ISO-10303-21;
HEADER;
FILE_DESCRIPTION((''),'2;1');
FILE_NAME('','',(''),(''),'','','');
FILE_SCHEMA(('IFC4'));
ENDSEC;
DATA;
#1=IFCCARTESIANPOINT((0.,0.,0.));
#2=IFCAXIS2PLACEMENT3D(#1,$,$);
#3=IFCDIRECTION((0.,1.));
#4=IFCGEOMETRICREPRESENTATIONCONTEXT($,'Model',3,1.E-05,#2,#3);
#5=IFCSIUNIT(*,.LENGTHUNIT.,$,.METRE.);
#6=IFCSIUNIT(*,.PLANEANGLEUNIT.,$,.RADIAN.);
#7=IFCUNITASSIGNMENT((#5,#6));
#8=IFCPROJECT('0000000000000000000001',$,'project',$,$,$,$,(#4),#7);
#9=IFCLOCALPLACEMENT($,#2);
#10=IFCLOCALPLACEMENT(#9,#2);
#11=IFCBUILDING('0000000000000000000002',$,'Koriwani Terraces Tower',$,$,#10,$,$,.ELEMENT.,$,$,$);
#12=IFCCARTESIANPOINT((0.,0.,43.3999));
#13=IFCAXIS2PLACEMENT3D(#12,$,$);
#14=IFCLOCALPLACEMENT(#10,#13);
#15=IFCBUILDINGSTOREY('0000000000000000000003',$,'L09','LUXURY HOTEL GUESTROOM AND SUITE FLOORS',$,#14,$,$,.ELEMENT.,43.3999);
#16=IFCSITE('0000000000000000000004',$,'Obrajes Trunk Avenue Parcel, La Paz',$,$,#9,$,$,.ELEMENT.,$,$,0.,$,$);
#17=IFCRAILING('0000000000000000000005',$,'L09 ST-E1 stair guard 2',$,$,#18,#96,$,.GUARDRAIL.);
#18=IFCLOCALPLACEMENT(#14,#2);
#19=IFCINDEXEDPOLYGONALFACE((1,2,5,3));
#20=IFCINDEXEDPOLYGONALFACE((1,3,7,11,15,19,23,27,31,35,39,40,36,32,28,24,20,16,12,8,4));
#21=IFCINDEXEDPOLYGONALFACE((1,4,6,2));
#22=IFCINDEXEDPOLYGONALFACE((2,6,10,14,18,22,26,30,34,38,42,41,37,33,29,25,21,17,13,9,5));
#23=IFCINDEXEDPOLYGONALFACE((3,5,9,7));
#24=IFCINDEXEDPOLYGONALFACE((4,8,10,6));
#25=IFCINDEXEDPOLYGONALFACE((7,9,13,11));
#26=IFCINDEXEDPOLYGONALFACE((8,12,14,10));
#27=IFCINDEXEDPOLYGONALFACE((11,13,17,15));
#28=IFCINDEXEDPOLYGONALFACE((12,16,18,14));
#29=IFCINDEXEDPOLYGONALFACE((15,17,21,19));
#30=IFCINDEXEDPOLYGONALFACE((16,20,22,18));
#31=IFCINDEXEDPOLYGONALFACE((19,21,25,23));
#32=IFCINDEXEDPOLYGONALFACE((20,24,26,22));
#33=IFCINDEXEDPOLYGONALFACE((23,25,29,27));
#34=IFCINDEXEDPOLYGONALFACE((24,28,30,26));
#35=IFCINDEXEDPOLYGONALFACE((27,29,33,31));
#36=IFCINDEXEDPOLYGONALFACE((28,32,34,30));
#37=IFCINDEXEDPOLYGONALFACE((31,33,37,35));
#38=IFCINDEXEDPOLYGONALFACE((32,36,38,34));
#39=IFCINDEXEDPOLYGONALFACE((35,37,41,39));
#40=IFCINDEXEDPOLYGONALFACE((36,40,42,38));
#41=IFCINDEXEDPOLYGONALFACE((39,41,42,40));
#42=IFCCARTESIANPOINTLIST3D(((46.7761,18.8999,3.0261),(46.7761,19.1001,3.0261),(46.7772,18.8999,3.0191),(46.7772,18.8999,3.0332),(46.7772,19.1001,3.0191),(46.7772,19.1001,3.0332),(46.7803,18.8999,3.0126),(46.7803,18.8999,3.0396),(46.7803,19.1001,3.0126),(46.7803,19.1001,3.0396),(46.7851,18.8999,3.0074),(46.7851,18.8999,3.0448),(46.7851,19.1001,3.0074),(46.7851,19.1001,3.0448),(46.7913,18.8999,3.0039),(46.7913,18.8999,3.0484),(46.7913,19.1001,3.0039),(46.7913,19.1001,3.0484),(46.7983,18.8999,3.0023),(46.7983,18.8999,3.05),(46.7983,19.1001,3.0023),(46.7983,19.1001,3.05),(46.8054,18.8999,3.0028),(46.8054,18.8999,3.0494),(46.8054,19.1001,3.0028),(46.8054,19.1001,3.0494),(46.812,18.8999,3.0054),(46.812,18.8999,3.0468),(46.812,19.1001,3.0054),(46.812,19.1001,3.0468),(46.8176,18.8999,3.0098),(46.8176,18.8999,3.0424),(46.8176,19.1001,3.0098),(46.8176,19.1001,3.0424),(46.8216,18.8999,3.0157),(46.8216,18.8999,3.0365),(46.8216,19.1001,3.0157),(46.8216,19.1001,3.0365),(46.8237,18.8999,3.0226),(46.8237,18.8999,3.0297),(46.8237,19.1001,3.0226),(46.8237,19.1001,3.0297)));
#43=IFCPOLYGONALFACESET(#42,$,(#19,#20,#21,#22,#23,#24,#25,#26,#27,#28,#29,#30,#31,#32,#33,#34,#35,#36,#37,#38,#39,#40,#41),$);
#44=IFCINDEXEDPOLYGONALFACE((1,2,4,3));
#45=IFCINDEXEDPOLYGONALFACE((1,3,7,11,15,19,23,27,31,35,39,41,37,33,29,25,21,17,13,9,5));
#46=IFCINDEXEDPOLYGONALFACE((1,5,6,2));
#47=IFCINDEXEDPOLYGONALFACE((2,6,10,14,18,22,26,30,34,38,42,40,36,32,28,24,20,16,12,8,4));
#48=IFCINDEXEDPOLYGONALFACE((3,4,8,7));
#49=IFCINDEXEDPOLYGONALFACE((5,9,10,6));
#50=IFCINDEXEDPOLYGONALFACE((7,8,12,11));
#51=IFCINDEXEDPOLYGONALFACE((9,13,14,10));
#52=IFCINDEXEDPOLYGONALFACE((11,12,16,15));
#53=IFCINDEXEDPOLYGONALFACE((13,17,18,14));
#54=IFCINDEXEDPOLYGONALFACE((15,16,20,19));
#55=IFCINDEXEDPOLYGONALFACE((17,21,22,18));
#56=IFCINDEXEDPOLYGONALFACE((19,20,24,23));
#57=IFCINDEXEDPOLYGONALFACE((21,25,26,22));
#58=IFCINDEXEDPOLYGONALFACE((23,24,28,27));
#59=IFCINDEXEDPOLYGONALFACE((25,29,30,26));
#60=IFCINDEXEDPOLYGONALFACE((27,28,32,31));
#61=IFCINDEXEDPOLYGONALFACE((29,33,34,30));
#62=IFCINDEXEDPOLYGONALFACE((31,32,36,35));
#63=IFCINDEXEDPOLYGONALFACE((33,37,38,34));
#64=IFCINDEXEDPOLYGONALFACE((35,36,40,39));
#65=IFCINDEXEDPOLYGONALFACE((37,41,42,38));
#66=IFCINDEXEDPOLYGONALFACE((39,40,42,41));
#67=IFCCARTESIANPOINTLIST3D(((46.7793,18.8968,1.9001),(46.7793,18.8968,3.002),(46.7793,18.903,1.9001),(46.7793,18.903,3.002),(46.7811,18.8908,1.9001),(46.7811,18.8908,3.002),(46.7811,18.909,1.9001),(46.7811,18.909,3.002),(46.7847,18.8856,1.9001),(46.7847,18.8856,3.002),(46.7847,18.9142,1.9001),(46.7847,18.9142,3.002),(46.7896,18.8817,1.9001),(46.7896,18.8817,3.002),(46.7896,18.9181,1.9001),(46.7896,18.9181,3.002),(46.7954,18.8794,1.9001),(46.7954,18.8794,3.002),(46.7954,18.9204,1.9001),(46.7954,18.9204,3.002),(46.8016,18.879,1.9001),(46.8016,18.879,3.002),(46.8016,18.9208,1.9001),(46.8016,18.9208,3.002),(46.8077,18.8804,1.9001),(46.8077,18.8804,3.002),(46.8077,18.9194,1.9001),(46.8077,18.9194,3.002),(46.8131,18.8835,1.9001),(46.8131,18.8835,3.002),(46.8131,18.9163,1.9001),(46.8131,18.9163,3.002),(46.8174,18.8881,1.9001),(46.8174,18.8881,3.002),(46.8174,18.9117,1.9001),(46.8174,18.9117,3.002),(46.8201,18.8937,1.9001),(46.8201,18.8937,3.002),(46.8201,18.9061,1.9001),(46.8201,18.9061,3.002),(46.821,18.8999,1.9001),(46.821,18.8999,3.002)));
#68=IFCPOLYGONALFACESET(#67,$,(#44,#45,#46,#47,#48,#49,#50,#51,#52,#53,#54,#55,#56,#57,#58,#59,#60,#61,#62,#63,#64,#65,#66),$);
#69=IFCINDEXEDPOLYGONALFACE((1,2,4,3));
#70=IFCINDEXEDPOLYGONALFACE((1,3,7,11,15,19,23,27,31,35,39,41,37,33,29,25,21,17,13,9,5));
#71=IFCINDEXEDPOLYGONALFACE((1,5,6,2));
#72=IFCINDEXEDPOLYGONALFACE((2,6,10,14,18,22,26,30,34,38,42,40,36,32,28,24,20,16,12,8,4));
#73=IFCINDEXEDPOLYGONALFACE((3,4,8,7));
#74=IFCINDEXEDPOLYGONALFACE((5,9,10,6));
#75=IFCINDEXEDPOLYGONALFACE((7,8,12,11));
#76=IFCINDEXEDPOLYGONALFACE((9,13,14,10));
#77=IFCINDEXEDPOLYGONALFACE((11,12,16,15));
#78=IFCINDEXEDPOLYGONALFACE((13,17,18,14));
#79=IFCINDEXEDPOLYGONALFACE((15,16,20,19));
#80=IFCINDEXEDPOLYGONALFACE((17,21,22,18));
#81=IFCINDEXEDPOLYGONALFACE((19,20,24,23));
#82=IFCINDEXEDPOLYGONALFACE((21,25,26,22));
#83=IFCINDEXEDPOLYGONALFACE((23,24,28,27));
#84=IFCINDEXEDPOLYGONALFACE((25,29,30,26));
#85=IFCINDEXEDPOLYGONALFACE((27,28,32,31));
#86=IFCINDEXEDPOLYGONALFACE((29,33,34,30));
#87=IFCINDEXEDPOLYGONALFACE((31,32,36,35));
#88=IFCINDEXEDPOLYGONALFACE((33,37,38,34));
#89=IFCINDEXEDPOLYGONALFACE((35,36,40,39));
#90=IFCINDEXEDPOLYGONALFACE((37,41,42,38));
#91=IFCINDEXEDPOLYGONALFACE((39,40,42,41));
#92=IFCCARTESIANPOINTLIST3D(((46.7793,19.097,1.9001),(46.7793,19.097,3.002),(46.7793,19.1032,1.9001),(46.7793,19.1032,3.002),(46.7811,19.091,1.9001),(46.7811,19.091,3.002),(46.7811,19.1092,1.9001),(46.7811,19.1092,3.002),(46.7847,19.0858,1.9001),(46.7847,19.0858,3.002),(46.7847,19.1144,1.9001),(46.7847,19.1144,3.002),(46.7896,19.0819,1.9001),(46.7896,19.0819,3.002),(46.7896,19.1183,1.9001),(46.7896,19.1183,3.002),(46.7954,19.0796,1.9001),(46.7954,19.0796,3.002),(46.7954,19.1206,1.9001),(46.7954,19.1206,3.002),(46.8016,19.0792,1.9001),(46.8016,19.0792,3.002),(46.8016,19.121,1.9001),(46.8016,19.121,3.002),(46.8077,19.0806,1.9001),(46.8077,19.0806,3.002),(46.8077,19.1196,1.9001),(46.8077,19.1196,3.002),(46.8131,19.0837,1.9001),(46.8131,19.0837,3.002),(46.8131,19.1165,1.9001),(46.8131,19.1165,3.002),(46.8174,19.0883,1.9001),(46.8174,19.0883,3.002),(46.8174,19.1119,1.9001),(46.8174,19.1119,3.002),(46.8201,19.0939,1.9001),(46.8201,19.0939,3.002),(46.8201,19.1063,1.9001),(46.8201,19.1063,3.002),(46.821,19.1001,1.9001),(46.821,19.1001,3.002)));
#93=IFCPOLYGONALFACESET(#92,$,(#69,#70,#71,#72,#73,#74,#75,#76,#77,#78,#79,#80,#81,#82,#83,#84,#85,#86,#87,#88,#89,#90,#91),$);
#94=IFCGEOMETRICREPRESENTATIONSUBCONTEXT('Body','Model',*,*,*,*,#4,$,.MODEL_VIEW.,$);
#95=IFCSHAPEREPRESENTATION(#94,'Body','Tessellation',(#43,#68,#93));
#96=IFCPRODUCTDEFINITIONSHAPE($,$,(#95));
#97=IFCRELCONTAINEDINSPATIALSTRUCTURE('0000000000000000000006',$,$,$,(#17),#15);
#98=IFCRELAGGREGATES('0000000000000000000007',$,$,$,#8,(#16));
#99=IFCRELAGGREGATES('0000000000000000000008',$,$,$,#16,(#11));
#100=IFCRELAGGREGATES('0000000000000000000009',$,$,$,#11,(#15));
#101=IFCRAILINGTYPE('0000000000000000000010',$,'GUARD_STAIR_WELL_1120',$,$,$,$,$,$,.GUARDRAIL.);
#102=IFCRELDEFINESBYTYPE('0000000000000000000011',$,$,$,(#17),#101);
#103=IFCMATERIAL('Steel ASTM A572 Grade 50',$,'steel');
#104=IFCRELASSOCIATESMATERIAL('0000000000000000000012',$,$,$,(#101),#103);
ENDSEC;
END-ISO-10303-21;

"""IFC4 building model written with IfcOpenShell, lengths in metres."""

from ifc_helpers import new_model, si_unit, direction, frame, origin, origin_2d, place, context, subcontext, project, spatial, circle, extrude, material, type_object, element, save


model = new_model("IFC4")

# Units and contexts
model_context = context("Model", 3, precision=1e-05, world=origin(), true_north=direction((0.0, 1.0)))
body_context = subcontext(model_context, "Body", "Model", "MODEL_VIEW")
ifc_project = project(units=[si_unit("LENGTHUNIT", "METRE"), si_unit("PLANEANGLEUNIT", "RADIAN")], contexts=[model_context])

# Site, building, storey
site_placement = place(None, origin())
site = spatial("IfcSite", under=ifc_project, at=site_placement, Name="Obrajes Trunk Avenue Parcel, La Paz", CompositionType="ELEMENT", RefElevation=0.0)
building_placement = place(site_placement, origin())
building = spatial("IfcBuilding", under=site, at=building_placement, Name="Koriwani Terraces Tower", CompositionType="ELEMENT")
storey_placement = place(building_placement, frame((0.0, 0.0, 43.3999)))
storey = spatial("IfcBuildingStorey", under=building, at=storey_placement, Name="L09", Description="LUXURY HOTEL GUESTROOM AND SUITE FLOORS", CompositionType="ELEMENT", Elevation=43.3999)

# Shared definitions
ifc_material_1 = material(Name="Steel ASTM A572 Grade 50", Category="steel")

# Railing
railing_type_1 = type_object("IfcRailingType", Name="GUARD_STAIR_WELL_1120", PredefinedType="GUARDRAIL", material=ifc_material_1)
railing_1_placement = place(storey_placement, frame((46.8, 18.8999, 1.9001)))
element("IfcRailing", 1, at=railing_1_placement, inside=storey, type_object=railing_type_1, Name="L09 ST-E1 stair guard 2", PredefinedType="GUARDRAIL", context=body_context, shape_type="SweptSolid", body=[
    extrude(circle(Radius=0.0239, at=origin_2d()), frame((0.0, 0.0, 1.126), z_axis=(0.0, 1.0, 0.0), x_axis=(-1.0, 0.0, 0.0)), (0.0, 0.0, 1.0), 0.2002),
    extrude(circle(Radius=0.021, at=origin_2d()), origin(), (0.0, 0.0, 1.0), 1.1018),
    extrude(circle(Radius=0.021, at=origin_2d()), frame((0.0, 0.2002, 0.0)), (0.0, 0.0, 1.0), 1.1018),
])

save(model, "model.ifc")
